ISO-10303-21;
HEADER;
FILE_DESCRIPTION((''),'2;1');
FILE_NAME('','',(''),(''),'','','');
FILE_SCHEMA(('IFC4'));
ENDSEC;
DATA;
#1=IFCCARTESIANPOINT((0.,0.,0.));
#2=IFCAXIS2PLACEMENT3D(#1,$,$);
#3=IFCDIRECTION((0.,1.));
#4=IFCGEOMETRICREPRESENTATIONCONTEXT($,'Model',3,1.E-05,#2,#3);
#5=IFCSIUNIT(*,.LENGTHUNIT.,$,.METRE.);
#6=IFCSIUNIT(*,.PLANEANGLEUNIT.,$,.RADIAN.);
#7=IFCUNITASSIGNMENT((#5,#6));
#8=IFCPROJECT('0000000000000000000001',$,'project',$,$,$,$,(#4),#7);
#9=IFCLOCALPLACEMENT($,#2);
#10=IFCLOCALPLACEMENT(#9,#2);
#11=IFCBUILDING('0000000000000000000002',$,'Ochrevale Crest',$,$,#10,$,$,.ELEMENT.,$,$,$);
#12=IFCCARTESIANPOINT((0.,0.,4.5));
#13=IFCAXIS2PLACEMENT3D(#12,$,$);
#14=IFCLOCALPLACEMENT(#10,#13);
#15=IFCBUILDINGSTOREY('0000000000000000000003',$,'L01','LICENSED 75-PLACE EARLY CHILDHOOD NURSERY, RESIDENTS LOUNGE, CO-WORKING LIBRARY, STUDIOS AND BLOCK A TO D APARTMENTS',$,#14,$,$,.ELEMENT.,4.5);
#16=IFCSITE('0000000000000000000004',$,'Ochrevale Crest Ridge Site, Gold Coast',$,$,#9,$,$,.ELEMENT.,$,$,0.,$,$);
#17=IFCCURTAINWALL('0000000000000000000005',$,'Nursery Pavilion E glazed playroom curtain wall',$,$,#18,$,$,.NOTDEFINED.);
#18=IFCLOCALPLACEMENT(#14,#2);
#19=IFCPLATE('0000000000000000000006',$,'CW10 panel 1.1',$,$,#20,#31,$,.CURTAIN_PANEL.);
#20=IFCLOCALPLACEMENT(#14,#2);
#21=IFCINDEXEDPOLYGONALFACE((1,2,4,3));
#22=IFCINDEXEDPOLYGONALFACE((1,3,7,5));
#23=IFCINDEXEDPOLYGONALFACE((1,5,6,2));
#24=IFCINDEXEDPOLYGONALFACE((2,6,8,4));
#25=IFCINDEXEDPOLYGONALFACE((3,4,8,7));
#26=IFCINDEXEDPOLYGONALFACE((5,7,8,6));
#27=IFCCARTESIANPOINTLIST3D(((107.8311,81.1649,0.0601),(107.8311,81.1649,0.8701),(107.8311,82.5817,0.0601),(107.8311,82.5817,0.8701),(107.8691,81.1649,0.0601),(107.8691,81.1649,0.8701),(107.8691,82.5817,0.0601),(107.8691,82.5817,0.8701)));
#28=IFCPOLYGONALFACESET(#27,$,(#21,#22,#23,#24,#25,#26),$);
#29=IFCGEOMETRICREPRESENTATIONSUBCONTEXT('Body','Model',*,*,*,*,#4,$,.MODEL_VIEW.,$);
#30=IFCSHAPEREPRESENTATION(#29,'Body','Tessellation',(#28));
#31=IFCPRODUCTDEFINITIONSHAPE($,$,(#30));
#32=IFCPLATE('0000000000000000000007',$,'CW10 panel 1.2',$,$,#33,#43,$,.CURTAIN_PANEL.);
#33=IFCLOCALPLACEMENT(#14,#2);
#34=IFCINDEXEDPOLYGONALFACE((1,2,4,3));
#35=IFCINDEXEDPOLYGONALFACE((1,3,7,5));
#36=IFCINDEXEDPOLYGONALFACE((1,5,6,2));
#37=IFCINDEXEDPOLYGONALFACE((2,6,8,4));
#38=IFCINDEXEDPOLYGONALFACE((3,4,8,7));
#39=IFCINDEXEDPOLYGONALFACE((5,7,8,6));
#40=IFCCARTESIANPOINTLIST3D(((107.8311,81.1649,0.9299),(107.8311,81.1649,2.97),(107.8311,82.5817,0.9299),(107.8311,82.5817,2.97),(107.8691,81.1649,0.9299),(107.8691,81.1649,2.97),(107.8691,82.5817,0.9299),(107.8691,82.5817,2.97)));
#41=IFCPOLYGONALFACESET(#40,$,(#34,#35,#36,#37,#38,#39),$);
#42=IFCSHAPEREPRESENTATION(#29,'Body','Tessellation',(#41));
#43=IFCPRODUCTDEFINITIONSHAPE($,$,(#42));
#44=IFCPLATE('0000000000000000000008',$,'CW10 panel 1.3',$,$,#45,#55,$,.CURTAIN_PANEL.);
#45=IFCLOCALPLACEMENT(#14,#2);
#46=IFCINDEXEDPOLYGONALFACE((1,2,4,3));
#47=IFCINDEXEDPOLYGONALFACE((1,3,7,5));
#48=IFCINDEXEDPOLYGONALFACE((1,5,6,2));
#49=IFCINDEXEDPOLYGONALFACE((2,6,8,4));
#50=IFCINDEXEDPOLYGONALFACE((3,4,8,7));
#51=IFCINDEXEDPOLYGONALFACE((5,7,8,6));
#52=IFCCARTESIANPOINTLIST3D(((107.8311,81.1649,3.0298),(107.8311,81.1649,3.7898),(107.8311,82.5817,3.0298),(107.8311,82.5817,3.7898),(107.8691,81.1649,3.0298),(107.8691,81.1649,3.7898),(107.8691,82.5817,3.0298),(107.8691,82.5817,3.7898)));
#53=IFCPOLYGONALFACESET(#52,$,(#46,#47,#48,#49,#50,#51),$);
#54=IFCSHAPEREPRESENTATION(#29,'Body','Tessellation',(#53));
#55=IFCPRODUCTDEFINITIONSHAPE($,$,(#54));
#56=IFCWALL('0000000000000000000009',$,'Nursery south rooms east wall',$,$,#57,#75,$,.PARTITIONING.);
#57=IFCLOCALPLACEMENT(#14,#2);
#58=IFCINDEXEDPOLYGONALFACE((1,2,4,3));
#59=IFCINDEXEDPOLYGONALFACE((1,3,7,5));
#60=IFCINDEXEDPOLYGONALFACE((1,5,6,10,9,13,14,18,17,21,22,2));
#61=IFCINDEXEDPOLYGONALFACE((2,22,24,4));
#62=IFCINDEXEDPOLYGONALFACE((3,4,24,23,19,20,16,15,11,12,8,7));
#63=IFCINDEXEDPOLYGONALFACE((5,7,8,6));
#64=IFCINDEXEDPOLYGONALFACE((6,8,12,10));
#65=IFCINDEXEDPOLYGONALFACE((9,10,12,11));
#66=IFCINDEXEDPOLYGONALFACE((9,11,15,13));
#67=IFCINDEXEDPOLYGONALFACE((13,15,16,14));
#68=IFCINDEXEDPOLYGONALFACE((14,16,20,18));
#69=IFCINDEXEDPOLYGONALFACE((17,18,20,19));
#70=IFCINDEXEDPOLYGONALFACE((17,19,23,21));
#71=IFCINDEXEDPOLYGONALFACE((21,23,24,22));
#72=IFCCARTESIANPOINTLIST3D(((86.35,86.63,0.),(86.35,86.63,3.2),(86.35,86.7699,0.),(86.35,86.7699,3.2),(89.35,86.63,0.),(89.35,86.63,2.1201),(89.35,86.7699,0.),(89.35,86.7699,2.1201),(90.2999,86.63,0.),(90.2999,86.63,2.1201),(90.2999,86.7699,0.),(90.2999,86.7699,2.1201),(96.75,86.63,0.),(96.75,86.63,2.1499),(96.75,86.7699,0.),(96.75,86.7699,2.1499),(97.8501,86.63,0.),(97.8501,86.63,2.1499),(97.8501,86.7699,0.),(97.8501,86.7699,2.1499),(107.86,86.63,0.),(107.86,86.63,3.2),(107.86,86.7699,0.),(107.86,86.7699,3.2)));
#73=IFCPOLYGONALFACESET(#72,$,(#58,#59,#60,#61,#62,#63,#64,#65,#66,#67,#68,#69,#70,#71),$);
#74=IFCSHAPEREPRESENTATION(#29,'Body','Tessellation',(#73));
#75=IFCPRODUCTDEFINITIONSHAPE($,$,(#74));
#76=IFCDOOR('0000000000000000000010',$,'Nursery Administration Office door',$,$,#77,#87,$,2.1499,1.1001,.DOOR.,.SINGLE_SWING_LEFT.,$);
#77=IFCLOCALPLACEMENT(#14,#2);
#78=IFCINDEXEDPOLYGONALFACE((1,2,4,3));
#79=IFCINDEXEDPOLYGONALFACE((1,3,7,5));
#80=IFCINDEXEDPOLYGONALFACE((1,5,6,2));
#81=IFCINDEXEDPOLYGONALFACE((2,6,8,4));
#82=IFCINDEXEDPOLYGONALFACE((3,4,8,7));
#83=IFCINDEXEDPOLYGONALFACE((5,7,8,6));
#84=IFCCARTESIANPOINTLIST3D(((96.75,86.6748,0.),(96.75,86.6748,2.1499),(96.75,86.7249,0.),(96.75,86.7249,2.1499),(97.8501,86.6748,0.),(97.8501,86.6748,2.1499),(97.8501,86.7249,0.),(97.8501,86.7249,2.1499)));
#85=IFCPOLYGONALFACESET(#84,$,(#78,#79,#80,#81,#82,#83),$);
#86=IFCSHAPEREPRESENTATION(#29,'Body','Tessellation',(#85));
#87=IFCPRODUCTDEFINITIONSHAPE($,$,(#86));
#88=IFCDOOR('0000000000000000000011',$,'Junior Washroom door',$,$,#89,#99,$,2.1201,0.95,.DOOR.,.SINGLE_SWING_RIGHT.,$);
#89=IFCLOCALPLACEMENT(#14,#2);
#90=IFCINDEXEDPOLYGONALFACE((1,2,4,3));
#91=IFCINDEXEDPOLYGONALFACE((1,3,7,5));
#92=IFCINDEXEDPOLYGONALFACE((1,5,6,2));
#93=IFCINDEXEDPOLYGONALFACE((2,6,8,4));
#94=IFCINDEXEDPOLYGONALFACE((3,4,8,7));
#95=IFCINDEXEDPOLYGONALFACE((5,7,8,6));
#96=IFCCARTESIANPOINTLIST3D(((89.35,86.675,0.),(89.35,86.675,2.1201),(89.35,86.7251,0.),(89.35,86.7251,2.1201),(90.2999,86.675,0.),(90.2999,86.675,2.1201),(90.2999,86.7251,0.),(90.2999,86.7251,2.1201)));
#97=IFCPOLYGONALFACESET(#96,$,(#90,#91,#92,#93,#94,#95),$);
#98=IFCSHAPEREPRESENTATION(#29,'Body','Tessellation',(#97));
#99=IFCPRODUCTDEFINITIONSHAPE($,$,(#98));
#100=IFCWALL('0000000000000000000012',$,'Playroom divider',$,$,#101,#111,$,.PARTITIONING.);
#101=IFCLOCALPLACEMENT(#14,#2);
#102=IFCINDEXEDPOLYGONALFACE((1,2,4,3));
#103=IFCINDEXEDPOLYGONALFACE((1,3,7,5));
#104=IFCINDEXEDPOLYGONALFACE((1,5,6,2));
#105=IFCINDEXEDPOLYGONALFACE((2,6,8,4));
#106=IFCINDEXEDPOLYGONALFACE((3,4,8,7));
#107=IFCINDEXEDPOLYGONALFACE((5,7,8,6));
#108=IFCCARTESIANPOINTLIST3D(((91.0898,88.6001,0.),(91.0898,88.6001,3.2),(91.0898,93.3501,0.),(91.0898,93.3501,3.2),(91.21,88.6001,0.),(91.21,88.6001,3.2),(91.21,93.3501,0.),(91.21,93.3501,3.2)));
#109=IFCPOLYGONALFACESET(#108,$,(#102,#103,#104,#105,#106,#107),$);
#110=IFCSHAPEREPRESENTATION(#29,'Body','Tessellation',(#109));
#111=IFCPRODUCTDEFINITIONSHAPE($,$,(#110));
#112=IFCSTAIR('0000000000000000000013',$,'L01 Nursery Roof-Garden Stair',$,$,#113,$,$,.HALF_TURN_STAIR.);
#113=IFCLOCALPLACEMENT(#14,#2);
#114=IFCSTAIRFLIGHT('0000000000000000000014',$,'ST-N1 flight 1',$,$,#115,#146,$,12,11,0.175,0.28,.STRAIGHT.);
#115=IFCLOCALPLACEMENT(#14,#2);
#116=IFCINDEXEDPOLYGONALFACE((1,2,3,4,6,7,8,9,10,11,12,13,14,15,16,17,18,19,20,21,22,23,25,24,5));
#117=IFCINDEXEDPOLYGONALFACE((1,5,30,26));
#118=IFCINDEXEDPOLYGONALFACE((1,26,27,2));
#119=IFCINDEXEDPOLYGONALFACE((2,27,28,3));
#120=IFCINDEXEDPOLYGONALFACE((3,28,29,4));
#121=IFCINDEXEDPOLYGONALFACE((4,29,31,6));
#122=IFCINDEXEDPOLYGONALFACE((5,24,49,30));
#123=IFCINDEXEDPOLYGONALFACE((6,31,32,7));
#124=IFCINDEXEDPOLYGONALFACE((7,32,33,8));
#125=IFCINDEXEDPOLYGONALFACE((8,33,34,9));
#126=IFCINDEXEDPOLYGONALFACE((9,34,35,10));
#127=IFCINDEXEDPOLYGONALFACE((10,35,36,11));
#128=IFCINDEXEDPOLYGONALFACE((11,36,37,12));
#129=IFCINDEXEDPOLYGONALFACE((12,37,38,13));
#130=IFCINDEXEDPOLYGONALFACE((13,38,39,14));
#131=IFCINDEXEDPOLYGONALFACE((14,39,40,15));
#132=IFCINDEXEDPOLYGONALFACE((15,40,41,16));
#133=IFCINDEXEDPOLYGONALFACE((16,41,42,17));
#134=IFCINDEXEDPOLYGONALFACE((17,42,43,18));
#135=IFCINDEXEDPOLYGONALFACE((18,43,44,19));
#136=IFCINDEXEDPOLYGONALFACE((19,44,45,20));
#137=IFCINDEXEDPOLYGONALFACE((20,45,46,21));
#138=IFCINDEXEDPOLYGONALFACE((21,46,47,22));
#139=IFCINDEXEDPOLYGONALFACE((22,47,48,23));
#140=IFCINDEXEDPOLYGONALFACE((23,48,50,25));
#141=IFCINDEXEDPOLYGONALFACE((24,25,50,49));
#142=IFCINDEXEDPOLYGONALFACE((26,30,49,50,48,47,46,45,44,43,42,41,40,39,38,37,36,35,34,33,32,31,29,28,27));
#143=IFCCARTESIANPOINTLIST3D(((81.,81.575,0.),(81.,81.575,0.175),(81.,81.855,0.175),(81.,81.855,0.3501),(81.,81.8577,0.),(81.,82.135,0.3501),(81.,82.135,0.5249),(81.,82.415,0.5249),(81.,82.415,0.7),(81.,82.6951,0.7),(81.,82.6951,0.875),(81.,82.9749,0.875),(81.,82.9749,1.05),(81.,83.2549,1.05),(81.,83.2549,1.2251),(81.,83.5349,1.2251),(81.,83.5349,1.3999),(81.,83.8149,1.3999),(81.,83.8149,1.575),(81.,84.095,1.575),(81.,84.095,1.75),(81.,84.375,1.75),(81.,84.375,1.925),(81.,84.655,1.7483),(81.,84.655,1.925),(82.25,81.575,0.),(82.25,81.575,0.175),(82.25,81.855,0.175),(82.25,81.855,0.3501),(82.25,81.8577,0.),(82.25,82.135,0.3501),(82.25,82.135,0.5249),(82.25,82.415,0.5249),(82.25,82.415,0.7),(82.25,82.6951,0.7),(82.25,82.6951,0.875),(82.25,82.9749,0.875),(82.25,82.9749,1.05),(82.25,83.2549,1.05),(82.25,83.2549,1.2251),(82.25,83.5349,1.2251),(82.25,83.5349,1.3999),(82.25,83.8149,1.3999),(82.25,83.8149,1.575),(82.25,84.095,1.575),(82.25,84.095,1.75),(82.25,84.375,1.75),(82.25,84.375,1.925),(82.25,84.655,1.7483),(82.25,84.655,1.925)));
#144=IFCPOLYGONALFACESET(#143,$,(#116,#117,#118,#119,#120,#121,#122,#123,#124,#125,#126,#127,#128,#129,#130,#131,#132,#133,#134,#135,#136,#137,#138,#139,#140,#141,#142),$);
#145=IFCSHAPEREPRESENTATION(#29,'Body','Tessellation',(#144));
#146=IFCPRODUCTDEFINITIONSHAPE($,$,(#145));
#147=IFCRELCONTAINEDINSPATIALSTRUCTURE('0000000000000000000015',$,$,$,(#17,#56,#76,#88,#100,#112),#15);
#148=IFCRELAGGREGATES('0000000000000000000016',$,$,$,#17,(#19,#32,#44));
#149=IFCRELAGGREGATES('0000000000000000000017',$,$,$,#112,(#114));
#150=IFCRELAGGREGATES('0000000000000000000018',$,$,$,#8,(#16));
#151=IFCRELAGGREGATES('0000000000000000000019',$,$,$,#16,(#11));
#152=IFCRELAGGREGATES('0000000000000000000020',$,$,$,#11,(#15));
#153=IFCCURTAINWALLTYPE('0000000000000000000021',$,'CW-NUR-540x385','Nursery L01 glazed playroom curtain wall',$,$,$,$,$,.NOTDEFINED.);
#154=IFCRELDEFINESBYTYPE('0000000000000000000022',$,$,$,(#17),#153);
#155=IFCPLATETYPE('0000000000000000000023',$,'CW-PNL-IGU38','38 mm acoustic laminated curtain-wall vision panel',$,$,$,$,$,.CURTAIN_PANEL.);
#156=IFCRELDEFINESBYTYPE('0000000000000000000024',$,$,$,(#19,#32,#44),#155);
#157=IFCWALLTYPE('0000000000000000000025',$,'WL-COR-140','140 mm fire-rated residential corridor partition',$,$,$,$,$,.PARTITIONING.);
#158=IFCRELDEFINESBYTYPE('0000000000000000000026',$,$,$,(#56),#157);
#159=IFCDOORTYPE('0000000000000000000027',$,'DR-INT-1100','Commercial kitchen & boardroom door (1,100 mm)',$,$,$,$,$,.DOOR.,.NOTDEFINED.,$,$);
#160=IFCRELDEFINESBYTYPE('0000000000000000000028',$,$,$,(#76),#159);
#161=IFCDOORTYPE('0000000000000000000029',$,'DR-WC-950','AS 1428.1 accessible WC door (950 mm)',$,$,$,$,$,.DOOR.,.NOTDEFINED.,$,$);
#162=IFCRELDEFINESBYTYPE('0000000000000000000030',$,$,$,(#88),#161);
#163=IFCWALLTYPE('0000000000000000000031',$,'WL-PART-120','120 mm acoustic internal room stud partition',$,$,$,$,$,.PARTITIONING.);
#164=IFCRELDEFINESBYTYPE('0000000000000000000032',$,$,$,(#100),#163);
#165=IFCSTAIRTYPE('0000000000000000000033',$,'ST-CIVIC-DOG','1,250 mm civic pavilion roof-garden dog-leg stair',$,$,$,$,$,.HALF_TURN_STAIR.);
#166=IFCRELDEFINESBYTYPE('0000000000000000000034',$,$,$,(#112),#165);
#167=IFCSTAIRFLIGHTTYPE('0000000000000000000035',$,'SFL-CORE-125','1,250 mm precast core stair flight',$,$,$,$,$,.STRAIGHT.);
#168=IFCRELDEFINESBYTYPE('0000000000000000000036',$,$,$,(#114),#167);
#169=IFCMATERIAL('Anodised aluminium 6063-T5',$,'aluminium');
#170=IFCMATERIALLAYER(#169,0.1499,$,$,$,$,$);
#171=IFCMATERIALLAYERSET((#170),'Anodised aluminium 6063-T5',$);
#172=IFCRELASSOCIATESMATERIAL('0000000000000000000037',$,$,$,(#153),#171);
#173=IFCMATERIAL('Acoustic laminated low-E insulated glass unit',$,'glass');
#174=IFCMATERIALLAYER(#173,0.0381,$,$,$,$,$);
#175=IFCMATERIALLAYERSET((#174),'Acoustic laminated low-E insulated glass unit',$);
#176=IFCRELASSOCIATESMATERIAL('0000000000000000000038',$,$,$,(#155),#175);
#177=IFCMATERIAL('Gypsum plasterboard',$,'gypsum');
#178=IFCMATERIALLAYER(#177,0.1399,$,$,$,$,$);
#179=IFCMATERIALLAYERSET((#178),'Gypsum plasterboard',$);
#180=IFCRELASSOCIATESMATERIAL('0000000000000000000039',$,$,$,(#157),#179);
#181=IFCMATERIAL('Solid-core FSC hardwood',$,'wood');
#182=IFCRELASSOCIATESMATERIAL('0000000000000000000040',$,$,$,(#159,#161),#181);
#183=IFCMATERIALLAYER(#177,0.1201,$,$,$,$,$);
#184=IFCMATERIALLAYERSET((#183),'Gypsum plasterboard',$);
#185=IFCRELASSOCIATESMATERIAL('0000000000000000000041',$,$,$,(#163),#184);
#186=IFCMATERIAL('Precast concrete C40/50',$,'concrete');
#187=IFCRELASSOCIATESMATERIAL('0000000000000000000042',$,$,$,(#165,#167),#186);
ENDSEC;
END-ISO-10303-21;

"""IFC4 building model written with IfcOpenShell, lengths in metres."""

from ifc_helpers import new_model, si_unit, direction, frame, frame_2d, origin, origin_2d, place, context, subcontext, project, spatial, polyline, rectangle, outline, extrude, material, layer, layer_set, type_object, element, fill, aggregate, save


model = new_model("IFC4")

# Units and contexts
model_context = context("Model", 3, precision=1e-05, world=origin(), true_north=direction((0.0, 1.0)))
body_context = subcontext(model_context, "Body", "Model", "MODEL_VIEW")
ifc_project = project(units=[si_unit("LENGTHUNIT", "METRE"), si_unit("PLANEANGLEUNIT", "RADIAN")], contexts=[model_context])

# Site, building, storey
site_placement = place(None, origin())
site = spatial("IfcSite", under=ifc_project, at=site_placement, Name="Ochrevale Crest Ridge Site, Gold Coast", CompositionType="ELEMENT", RefElevation=0.0)
building_placement = place(site_placement, origin())
building = spatial("IfcBuilding", under=site, at=building_placement, Name="Ochrevale Crest", CompositionType="ELEMENT")
storey_placement = place(building_placement, frame((0.0, 0.0, 4.5)))
storey = spatial("IfcBuildingStorey", under=building, at=storey_placement, Name="L01", Description="LICENSED 75-PLACE EARLY CHILDHOOD NURSERY, RESIDENTS LOUNGE, CO-WORKING LIBRARY, STUDIOS AND BLOCK A TO D APARTMENTS", CompositionType="ELEMENT", Elevation=4.5)

# Curtain wall, plates
ifc_material_1 = material(Name="Anodised aluminium 6063-T5", Category="aluminium")
ifc_layer_1 = layer(ifc_material_1, 0.1499)
ifc_layer_set_1 = layer_set([ifc_layer_1], Name="Anodised aluminium 6063-T5")
curtain_wall_type = type_object("IfcCurtainWallType", Name="CW-NUR-540x385", Description="Nursery L01 glazed playroom curtain wall", PredefinedType="NOTDEFINED", material=ifc_layer_set_1)
curtain_wall_placement = place(storey_placement, origin())
curtain_wall = element("IfcCurtainWall", 1, at=curtain_wall_placement, inside=storey, type_object=curtain_wall_type, Name="Nursery Pavilion E glazed playroom curtain wall", PredefinedType="NOTDEFINED")
ifc_material_2 = material(Name="Acoustic laminated low-E insulated glass unit", Category="glass")
ifc_layer_2 = layer(ifc_material_2, 0.0381)
ifc_layer_set_2 = layer_set([ifc_layer_2], Name="Acoustic laminated low-E insulated glass unit")
plate_type = type_object("IfcPlateType", Name="CW-PNL-IGU38", Description="38 mm acoustic laminated curtain-wall vision panel", PredefinedType="CURTAIN_PANEL", material=ifc_layer_set_2)
plate_1_placement = place(storey_placement, frame((107.8501, 81.8733, 0.0601), z_axis=(0.0, 0.0, 1.0), x_axis=(0.0, 1.0, 0.0)))
plate_1 = element("IfcPlate", 2, at=plate_1_placement, type_object=plate_type, Name="CW10 panel 1.1", PredefinedType="CURTAIN_PANEL", context=body_context, shape_type="SweptSolid", body=[
    extrude(rectangle(XDim=1.4167, YDim=0.0381, at=origin_2d()), origin(), (0.0, 0.0, 1.0), 0.8101),
])
plate_2_placement = place(storey_placement, frame((107.8501, 81.8733, 0.9299), z_axis=(0.0, 0.0, 1.0), x_axis=(0.0, 1.0, 0.0)))
plate_2 = element("IfcPlate", 3, at=plate_2_placement, type_object=plate_type, Name="CW10 panel 1.2", PredefinedType="CURTAIN_PANEL", context=body_context, shape_type="SweptSolid", body=[
    extrude(rectangle(XDim=1.4167, YDim=0.0381, at=origin_2d()), origin(), (0.0, 0.0, 1.0), 2.04),
])
plate_3_placement = place(storey_placement, frame((107.8501, 81.8733, 3.0298), z_axis=(0.0, 0.0, 1.0), x_axis=(0.0, 1.0, 0.0)))
plate_3 = element("IfcPlate", 4, at=plate_3_placement, type_object=plate_type, Name="CW10 panel 1.3", PredefinedType="CURTAIN_PANEL", context=body_context, shape_type="SweptSolid", body=[
    extrude(rectangle(XDim=1.4167, YDim=0.0381, at=origin_2d()), origin(), (0.0, 0.0, 1.0), 0.76),
])
aggregate(curtain_wall, [plate_1, plate_2, plate_3])

# Wall, openings, doors
ifc_material_3 = material(Name="Gypsum plasterboard", Category="gypsum")
ifc_layer_3 = layer(ifc_material_3, 0.1399)
ifc_layer_set_3 = layer_set([ifc_layer_3], Name="Gypsum plasterboard")
wall_type_1 = type_object("IfcWallType", Name="WL-COR-140", Description="140 mm fire-rated residential corridor partition", PredefinedType="PARTITIONING", material=ifc_layer_set_3)
wall_1_placement = place(storey_placement, frame((86.3501, 86.7, 0.0), z_axis=(0.0, 0.0, 1.0), x_axis=(1.0, 0.0, 0.0)))
wall_1 = element("IfcWall", 5, at=wall_1_placement, inside=storey, type_object=wall_type_1, Name="Nursery south rooms east wall", PredefinedType="PARTITIONING", context=body_context, shape_type="SweptSolid", body=[
    extrude(rectangle(XDim=21.51, YDim=0.1399, at=frame_2d((10.7549, 0.0))), origin(), (0.0, 0.0, 1.0), 3.2),
])
opening_1_placement = place(wall_1_placement, frame((3.95, 0.0, 0.0), z_axis=(0.0, 0.0, 1.0), x_axis=(-1.0, 0.0, 0.0)))
opening_1 = element("IfcOpeningElement", 6, at=opening_1_placement, cuts=wall_1, PredefinedType="OPENING", context=body_context, shape_type="SweptSolid", body=[
    extrude(rectangle(XDim=0.95, YDim=2.1201, at=frame_2d((0.4751, 1.0601))), frame((0.0, 0.0801, 0.0), z_axis=(0.0, -1.0, 0.0), x_axis=(1.0, 0.0, 0.0)), (0.0, 0.0, 1.0), 0.1599),
])
opening_2_placement = place(wall_1_placement, frame((10.3999, 0.0, 0.0)))
opening_2 = element("IfcOpeningElement", 7, at=opening_2_placement, cuts=wall_1, PredefinedType="OPENING", context=body_context, shape_type="SweptSolid", body=[
    extrude(rectangle(XDim=1.1001, YDim=2.1499, at=frame_2d((0.55, 1.075))), frame((0.0, 0.0801, 0.0), z_axis=(0.0, -1.0, 0.0), x_axis=(1.0, 0.0, 0.0)), (0.0, 0.0, 1.0), 0.1599),
])
ifc_material_4 = material(Name="Solid-core FSC hardwood", Category="wood")
door_type_1 = type_object("IfcDoorType", Name="DR-INT-1100", Description="Commercial kitchen & boardroom door (1,100 mm)", OperationType="NOTDEFINED", PredefinedType="DOOR", material=ifc_material_4)
door_1_placement = place(opening_2_placement, origin())
door_1 = element("IfcDoor", 8, at=door_1_placement, inside=storey, type_object=door_type_1, Name="Nursery Administration Office door", OperationType="SINGLE_SWING_LEFT", OverallHeight=2.1499, OverallWidth=1.1001, PredefinedType="DOOR", context=body_context, shape_type="SweptSolid", body=[
    extrude(rectangle(XDim=1.1001, YDim=2.1499, at=frame_2d((0.55, 1.075))), frame((0.0, 0.0249, 0.0), z_axis=(0.0, -1.0, 0.0), x_axis=(1.0, 0.0, 0.0)), (0.0, 0.0, 1.0), 0.05),
])
fill(opening_2, door_1)
door_type_2 = type_object("IfcDoorType", Name="DR-WC-950", Description="AS 1428.1 accessible WC door (950 mm)", OperationType="NOTDEFINED", PredefinedType="DOOR", material=ifc_material_4)
door_2_placement = place(opening_1_placement, origin())
door_2 = element("IfcDoor", 9, at=door_2_placement, inside=storey, type_object=door_type_2, Name="Junior Washroom door", OperationType="SINGLE_SWING_RIGHT", OverallHeight=2.1201, OverallWidth=0.95, PredefinedType="DOOR", context=body_context, shape_type="SweptSolid", body=[
    extrude(rectangle(XDim=0.95, YDim=2.1201, at=frame_2d((0.4751, 1.0601))), frame((0.0, 0.0249, 0.0), z_axis=(0.0, -1.0, 0.0), x_axis=(1.0, 0.0, 0.0)), (0.0, 0.0, 1.0), 0.05),
])
fill(opening_1, door_2)

# Wall
ifc_layer_4 = layer(ifc_material_3, 0.1201)
ifc_layer_set_4 = layer_set([ifc_layer_4], Name="Gypsum plasterboard")
wall_type_2 = type_object("IfcWallType", Name="WL-PART-120", Description="120 mm acoustic internal room stud partition", PredefinedType="PARTITIONING", material=ifc_layer_set_4)
wall_2_placement = place(storey_placement, frame((91.1499, 88.6001, 0.0), z_axis=(0.0, 0.0, 1.0), x_axis=(0.0, 1.0, 0.0)))
element("IfcWall", 10, at=wall_2_placement, inside=storey, type_object=wall_type_2, Name="Playroom divider", PredefinedType="PARTITIONING", context=body_context, shape_type="SweptSolid", body=[
    extrude(rectangle(XDim=4.75, YDim=0.1201, at=frame_2d((2.375, 0.0))), origin(), (0.0, 0.0, 1.0), 3.2),
])

# Stair, stair flight
ifc_material_5 = material(Name="Precast concrete C40/50", Category="concrete")
stair_type = type_object("IfcStairType", Name="ST-CIVIC-DOG", Description="1,250 mm civic pavilion roof-garden dog-leg stair", PredefinedType="HALF_TURN_STAIR", material=ifc_material_5)
stair_placement = place(storey_placement, origin())
stair = element("IfcStair", 11, at=stair_placement, inside=storey, type_object=stair_type, Name="L01 Nursery Roof-Garden Stair", PredefinedType="HALF_TURN_STAIR")
stair_flight_type = type_object("IfcStairFlightType", Name="SFL-CORE-125", Description="1,250 mm precast core stair flight", PredefinedType="STRAIGHT", material=ifc_material_5)
stair_flight_1_placement = place(storey_placement, frame((81.625, 81.575, 0.0), z_axis=(0.0, 0.0, 1.0), x_axis=(0.0, 1.0, 0.0)))
stair_flight_1 = element("IfcStairFlight", 12, at=stair_flight_1_placement, type_object=stair_flight_type, Name="ST-N1 flight 1", NumberOfRisers=12, NumberOfTreads=11, PredefinedType="STRAIGHT", RiserHeight=0.175, TreadLength=0.28, context=body_context, shape_type="SweptSolid", body=[
    extrude(outline(polyline([(0.0, 0.0), (0.0, 0.175), (0.28, 0.175), (0.28, 0.3501), (0.5601, 0.3501), (0.5601, 0.5249), (0.8401, 0.5249), (0.8401, 0.7), (1.1201, 0.7), (1.1201, 0.875), (1.3999, 0.875), (1.3999, 1.05), (1.6799, 1.05), (1.6799, 1.2251), (1.96, 1.2251), (1.96, 1.3999), (2.24, 1.3999), (2.24, 1.575), (2.52, 1.575), (2.52, 1.75), (2.8, 1.75), (2.8, 1.925), (3.0801, 1.925), (3.0801, 2.1001), (3.0801, 1.7483), (0.2827, 0.0), (0.0, 0.0)])), frame((0.0, 0.625, 0.0), z_axis=(0.0, -1.0, 0.0), x_axis=(1.0, 0.0, 0.0)), (0.0, 0.0, 1.0), 1.25),
])
aggregate(stair, [stair_flight_1])

save(model, "model.ifc")
